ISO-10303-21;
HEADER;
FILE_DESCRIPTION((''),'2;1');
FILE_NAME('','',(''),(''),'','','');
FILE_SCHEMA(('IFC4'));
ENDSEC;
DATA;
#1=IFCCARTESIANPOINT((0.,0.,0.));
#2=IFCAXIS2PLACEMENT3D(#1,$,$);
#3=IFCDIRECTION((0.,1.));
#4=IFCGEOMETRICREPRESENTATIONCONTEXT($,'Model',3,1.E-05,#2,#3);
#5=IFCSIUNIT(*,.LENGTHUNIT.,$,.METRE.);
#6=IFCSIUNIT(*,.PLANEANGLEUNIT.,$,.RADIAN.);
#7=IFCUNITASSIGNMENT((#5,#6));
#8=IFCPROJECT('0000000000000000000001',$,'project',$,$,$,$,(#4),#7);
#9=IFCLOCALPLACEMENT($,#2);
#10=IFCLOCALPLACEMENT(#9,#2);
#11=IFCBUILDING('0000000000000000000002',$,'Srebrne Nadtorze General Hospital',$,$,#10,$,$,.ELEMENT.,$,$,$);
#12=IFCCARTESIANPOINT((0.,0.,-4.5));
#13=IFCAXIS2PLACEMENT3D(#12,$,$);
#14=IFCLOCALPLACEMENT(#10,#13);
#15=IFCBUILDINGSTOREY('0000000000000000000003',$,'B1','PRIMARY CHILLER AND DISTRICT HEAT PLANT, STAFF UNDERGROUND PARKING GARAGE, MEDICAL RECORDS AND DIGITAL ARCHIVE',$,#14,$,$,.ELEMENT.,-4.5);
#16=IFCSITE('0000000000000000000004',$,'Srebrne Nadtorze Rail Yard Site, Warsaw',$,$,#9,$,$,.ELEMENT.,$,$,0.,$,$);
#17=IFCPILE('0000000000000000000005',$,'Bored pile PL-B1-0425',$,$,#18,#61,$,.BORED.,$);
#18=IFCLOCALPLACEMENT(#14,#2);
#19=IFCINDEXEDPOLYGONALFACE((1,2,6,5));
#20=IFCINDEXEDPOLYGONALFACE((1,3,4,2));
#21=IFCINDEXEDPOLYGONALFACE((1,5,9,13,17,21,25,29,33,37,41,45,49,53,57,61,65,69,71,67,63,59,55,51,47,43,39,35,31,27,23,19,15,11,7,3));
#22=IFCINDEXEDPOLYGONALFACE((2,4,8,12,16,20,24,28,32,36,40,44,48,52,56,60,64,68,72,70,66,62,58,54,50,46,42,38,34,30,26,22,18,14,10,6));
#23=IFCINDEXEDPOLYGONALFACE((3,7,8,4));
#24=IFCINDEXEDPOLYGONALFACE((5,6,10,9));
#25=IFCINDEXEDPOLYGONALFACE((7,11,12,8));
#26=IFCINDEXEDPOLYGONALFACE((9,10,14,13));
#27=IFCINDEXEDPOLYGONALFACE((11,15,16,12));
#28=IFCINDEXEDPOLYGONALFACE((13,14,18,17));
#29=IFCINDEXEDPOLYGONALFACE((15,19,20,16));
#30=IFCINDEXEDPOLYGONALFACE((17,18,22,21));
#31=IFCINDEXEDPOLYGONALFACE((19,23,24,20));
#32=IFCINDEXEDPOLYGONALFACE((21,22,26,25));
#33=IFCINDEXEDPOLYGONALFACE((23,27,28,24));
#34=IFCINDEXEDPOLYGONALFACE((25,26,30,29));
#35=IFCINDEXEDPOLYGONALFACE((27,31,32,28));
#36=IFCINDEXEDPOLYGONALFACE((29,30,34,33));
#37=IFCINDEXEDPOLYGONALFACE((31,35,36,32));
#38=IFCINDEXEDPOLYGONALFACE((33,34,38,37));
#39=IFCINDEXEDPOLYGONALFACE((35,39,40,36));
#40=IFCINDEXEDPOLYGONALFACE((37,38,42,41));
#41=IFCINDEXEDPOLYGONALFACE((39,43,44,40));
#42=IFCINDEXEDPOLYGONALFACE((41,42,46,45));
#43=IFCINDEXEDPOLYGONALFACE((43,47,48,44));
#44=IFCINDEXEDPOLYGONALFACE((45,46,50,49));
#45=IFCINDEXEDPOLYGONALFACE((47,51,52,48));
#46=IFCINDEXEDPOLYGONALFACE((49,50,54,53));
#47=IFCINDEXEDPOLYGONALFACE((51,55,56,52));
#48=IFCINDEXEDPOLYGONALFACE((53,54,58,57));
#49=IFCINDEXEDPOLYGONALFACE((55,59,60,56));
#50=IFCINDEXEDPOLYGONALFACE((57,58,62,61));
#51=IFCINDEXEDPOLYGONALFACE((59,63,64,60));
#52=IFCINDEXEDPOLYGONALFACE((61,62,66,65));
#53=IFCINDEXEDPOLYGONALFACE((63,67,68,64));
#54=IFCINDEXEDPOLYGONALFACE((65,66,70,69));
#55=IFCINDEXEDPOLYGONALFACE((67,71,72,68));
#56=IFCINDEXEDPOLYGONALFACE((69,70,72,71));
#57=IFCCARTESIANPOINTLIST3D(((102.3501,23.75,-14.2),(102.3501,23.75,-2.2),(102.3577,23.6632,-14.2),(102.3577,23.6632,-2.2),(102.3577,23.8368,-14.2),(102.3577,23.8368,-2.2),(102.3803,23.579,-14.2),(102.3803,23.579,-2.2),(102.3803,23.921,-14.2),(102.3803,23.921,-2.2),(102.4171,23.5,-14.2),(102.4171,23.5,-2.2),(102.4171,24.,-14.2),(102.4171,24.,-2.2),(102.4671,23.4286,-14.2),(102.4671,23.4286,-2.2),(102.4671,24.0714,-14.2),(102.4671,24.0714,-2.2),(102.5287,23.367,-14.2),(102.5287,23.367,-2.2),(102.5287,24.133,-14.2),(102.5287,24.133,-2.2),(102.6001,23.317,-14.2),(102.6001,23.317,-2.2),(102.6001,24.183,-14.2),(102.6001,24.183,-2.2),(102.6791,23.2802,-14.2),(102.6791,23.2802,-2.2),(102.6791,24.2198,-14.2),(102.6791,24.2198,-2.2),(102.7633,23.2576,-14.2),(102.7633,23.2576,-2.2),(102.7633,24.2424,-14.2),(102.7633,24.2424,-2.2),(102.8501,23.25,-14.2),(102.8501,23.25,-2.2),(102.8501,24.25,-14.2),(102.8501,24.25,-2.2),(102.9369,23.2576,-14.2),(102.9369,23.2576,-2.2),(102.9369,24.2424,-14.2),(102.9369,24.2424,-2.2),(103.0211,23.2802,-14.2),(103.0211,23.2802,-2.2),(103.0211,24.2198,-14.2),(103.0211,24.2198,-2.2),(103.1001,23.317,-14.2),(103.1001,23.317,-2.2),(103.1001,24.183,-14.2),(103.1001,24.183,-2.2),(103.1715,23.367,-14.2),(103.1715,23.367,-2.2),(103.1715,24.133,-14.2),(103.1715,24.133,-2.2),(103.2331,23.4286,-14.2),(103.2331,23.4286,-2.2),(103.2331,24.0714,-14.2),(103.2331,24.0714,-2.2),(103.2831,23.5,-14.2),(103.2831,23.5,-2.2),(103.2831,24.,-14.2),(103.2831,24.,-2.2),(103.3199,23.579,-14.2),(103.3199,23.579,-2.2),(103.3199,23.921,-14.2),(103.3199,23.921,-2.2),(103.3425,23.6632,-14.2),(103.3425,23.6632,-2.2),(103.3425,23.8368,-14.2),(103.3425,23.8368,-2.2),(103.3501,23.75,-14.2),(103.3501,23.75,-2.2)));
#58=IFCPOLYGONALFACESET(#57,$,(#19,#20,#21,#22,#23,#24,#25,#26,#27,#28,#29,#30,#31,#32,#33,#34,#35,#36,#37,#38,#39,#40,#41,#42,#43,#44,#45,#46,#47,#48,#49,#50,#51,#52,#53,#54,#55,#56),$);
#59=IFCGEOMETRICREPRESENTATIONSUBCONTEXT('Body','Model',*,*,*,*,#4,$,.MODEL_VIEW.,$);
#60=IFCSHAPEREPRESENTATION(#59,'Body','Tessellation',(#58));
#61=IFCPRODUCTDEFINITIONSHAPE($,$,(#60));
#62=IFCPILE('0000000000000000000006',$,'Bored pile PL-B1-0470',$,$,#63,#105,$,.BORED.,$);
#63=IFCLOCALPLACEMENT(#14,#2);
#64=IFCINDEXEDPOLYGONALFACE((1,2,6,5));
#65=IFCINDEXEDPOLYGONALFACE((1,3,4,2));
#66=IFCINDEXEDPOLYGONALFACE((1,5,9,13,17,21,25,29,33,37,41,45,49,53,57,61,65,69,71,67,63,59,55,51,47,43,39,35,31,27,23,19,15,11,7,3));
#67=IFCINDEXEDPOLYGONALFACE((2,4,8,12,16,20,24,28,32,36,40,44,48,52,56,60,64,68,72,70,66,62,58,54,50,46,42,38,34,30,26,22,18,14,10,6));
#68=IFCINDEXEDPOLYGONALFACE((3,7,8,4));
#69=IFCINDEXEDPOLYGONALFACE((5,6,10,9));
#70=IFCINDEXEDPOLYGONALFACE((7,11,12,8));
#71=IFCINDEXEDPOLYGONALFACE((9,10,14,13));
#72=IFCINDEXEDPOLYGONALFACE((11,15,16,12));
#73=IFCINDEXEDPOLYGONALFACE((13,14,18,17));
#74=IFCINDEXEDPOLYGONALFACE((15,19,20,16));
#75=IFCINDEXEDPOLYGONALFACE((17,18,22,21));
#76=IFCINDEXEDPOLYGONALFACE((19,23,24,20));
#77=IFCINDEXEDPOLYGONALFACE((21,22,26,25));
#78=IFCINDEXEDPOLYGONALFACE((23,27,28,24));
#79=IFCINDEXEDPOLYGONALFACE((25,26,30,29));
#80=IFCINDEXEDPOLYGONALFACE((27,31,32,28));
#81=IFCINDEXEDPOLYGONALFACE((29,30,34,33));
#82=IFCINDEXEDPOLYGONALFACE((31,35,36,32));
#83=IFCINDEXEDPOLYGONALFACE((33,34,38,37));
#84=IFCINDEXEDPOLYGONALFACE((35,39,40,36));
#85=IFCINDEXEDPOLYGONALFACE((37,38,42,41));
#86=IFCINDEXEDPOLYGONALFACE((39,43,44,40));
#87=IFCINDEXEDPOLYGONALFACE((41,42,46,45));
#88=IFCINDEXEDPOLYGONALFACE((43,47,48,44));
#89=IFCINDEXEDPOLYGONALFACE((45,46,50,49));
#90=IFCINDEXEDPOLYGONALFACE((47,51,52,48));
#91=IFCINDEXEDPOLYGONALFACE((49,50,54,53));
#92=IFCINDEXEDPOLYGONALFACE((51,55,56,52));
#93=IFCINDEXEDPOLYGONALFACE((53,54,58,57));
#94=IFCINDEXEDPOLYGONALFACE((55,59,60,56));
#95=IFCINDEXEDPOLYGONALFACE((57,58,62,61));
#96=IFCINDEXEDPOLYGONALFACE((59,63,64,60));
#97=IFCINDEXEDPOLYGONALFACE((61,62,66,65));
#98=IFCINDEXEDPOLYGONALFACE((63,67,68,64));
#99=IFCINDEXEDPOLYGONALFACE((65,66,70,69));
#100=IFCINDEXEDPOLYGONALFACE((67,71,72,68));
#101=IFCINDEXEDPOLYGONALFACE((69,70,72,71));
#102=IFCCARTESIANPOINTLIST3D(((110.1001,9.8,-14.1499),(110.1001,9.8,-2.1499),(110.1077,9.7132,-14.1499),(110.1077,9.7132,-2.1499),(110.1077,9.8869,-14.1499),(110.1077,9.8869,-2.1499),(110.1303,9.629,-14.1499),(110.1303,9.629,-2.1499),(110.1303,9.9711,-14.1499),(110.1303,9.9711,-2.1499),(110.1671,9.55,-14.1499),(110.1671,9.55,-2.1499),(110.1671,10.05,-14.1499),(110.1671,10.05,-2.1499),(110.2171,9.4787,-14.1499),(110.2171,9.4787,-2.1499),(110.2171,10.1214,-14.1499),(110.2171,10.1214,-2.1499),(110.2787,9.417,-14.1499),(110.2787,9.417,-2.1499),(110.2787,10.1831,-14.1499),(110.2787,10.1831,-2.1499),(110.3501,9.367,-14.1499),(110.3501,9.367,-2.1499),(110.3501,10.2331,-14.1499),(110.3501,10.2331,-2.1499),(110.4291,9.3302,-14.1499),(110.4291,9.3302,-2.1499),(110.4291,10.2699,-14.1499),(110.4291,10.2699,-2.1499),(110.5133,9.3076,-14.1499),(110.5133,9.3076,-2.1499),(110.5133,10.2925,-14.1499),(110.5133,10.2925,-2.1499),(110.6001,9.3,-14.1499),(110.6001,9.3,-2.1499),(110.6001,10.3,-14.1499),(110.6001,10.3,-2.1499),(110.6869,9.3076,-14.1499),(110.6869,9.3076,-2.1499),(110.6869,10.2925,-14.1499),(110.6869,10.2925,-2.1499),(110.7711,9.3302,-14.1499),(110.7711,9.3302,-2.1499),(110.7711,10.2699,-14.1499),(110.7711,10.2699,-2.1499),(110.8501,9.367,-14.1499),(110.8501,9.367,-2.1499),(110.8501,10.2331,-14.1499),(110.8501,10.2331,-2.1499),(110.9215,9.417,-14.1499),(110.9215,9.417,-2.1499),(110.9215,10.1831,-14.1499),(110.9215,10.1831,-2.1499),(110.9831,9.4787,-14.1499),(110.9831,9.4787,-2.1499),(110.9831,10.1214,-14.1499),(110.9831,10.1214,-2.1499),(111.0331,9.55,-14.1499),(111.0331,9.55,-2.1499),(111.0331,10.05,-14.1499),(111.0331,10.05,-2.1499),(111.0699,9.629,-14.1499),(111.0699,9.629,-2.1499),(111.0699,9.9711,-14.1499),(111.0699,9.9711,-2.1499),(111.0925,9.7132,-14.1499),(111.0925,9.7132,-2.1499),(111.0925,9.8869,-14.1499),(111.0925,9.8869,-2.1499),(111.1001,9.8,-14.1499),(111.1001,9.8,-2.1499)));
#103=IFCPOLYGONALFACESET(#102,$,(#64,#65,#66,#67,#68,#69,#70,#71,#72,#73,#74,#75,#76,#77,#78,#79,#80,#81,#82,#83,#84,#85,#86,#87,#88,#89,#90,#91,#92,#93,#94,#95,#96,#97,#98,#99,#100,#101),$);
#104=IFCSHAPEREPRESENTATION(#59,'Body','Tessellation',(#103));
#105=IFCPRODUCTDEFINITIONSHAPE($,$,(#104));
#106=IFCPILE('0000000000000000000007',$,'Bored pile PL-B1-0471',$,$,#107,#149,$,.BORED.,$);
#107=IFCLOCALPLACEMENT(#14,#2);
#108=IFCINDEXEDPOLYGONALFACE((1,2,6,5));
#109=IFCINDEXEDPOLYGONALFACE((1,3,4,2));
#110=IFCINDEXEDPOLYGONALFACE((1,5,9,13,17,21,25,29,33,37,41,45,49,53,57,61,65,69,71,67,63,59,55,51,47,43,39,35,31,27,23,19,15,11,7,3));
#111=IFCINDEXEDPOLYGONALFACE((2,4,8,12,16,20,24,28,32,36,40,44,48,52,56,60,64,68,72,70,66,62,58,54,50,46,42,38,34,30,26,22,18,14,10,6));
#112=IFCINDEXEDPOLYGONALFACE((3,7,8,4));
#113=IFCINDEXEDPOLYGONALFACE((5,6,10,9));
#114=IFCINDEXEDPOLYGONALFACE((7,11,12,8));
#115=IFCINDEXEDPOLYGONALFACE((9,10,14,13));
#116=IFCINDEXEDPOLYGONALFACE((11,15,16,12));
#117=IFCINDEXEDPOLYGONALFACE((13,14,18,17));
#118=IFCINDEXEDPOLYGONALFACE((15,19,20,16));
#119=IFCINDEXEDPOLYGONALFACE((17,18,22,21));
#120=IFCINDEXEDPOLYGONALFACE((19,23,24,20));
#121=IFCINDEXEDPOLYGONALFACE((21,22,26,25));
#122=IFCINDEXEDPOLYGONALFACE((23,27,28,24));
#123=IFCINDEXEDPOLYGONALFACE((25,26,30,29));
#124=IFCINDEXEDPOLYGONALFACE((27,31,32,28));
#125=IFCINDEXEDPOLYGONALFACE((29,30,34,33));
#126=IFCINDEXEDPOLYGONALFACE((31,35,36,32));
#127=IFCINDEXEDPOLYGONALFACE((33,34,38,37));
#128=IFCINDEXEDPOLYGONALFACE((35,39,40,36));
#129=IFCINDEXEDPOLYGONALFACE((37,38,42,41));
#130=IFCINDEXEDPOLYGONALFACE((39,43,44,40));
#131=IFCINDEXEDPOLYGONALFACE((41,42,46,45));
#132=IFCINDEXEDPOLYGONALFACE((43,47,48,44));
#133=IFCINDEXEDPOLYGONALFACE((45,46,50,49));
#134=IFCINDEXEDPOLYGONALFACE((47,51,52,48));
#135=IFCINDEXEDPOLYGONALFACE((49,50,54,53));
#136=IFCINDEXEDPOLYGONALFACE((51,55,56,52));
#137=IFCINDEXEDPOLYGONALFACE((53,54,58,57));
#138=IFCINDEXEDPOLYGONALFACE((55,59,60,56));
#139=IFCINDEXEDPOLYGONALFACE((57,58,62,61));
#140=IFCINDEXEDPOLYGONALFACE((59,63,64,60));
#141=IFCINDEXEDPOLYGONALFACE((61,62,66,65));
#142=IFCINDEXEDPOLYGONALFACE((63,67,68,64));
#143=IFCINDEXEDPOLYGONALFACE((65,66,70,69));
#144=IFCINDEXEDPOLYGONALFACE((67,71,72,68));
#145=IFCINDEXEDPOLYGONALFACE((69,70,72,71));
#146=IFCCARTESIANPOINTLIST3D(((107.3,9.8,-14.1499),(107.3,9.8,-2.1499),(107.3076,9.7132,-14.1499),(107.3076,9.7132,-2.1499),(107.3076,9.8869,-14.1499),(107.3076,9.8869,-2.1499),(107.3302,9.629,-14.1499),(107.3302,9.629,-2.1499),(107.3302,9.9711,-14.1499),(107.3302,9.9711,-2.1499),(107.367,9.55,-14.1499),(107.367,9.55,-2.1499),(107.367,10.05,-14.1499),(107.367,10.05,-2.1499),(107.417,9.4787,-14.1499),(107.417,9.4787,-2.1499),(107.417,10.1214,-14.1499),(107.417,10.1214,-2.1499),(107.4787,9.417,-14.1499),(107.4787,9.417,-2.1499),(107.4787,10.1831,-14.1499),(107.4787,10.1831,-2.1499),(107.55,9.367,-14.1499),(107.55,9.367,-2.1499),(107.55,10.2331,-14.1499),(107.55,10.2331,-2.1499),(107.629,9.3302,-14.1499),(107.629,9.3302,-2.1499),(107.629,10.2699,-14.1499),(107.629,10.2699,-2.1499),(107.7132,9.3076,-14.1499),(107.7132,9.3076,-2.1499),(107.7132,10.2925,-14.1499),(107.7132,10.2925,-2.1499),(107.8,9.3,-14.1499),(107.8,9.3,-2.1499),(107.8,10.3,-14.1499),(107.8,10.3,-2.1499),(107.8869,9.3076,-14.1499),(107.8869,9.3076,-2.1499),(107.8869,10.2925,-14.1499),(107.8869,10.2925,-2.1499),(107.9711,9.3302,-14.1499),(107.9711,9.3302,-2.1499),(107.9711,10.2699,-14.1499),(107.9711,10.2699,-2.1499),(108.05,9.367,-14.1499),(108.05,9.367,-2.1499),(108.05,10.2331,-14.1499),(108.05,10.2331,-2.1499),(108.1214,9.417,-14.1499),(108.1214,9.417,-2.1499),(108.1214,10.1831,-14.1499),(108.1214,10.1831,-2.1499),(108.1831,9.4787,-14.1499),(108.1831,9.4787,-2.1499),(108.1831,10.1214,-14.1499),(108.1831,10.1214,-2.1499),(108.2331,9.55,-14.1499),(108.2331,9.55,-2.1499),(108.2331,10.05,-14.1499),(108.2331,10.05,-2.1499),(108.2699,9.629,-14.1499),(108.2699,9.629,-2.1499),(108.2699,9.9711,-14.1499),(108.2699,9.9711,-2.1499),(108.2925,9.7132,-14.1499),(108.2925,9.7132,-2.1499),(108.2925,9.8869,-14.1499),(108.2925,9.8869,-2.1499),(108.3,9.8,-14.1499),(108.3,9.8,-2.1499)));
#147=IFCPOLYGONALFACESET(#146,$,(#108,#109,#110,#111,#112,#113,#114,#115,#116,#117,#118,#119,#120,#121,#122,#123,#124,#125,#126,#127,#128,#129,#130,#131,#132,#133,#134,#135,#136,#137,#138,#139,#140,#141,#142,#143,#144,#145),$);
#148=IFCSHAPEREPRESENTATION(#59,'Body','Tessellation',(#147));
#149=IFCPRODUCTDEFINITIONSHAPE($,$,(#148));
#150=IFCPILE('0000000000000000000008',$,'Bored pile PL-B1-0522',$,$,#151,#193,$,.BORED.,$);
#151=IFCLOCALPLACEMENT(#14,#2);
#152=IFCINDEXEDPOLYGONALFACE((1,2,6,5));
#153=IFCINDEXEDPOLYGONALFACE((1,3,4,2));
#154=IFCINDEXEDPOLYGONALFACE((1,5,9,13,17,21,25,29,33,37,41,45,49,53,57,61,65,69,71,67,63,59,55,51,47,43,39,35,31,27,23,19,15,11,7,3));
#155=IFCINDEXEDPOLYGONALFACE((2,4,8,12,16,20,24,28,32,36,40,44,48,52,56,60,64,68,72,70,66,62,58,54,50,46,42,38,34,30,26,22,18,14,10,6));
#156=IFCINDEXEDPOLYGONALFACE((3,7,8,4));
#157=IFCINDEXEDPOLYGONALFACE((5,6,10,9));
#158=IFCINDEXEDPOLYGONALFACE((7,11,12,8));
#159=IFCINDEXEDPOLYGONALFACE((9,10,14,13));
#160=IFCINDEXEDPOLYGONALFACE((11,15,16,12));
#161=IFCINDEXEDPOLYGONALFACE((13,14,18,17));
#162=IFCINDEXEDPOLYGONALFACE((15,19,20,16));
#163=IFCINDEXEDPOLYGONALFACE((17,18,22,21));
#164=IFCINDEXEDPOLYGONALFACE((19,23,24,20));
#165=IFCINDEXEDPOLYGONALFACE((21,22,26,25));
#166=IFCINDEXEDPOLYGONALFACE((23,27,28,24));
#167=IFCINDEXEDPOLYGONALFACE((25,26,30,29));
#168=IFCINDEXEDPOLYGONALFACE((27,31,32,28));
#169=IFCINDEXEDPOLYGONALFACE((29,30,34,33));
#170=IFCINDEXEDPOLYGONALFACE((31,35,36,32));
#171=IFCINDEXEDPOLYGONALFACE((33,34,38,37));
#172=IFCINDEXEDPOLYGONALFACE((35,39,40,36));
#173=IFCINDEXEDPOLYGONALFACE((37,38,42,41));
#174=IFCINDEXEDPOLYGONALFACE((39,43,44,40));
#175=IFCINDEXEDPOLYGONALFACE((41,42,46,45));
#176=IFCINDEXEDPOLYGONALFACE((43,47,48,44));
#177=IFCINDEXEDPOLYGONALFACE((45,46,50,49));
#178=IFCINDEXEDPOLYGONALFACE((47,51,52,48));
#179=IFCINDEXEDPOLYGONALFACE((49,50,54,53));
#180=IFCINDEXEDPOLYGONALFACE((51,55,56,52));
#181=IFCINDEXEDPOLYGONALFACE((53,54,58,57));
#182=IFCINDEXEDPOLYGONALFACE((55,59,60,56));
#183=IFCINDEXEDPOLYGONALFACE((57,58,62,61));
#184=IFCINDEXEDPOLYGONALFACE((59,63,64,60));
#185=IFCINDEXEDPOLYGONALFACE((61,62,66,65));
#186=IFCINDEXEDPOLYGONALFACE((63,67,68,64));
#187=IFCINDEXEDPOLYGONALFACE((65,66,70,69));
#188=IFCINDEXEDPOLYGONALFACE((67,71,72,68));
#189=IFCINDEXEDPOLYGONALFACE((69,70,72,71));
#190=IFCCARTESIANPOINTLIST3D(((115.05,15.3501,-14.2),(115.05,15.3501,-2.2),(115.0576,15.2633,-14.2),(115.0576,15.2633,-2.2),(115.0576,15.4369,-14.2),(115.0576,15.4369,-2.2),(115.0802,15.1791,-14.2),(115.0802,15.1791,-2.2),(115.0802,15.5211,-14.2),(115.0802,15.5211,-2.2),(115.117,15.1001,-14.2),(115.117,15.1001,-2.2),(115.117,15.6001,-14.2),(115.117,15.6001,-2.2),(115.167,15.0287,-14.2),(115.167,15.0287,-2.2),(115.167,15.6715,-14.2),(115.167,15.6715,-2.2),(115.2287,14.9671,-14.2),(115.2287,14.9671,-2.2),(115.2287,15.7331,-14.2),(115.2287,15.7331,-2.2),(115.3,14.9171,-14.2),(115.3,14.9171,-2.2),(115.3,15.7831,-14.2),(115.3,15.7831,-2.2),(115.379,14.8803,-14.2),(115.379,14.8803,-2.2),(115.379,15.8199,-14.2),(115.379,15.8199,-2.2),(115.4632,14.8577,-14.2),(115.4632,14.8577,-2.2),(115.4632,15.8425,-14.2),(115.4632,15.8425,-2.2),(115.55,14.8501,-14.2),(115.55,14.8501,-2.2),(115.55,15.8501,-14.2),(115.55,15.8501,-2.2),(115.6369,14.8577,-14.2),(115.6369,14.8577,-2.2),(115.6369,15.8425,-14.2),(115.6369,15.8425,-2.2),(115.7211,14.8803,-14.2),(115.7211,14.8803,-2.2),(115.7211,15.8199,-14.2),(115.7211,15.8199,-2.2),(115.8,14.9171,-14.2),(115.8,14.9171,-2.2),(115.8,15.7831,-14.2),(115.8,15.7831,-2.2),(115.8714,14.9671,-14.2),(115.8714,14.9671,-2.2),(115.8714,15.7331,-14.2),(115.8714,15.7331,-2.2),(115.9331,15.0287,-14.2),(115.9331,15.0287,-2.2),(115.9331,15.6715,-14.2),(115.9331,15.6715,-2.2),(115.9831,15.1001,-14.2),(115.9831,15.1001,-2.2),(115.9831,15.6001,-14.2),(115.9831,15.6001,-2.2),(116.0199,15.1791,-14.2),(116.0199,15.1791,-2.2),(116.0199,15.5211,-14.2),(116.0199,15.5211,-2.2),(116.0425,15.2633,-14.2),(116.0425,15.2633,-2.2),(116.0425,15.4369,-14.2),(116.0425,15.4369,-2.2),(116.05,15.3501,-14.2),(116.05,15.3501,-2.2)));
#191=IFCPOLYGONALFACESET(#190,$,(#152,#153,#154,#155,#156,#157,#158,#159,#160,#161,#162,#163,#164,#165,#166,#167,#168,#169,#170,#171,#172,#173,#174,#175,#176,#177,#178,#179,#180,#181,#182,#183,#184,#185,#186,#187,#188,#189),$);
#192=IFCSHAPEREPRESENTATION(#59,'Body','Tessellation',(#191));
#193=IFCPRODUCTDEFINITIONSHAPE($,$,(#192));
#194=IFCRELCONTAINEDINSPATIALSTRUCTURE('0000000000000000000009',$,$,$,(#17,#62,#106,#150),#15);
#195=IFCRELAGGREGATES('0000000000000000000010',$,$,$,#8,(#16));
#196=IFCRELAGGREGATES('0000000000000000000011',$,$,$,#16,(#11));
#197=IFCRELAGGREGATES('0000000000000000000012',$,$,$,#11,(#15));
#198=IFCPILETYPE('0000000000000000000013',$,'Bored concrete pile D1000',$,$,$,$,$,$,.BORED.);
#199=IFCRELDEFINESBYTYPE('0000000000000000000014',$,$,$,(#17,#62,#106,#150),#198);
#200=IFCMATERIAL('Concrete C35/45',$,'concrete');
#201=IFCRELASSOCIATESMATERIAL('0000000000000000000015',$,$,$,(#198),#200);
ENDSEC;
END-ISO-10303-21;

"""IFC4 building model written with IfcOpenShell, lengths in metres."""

from ifc_helpers import new_model, si_unit, direction, frame, origin, origin_2d, place, context, subcontext, project, spatial, circle, extrude, material, material_profile, profile_set, type_object, element, save


model = new_model("IFC4")

# Units and contexts
model_context = context("Model", 3, precision=1e-05, world=origin(), true_north=direction((0.0, 1.0)))
body_context = subcontext(model_context, "Body", "Model", "MODEL_VIEW")
ifc_project = project(units=[si_unit("LENGTHUNIT", "METRE"), si_unit("PLANEANGLEUNIT", "RADIAN")], contexts=[model_context])

# Site, building, storey
site_placement = place(None, origin())
site = spatial("IfcSite", under=ifc_project, at=site_placement, Name="Srebrne Nadtorze Rail Yard Site, Warsaw", CompositionType="ELEMENT", RefElevation=0.0)
building_placement = place(site_placement, origin())
building = spatial("IfcBuilding", under=site, at=building_placement, Name="Srebrne Nadtorze General Hospital", CompositionType="ELEMENT")
storey_placement = place(building_placement, frame((0.0, 0.0, -4.5)))
storey = spatial("IfcBuildingStorey", under=building, at=storey_placement, Name="B1", Description="PRIMARY CHILLER AND DISTRICT HEAT PLANT, STAFF UNDERGROUND PARKING GARAGE, MEDICAL RECORDS AND DIGITAL ARCHIVE", CompositionType="ELEMENT", Elevation=-4.5)

# Piles
ifc_material_1 = material(Name="Concrete C35/45", Category="concrete")
ifc_material_profile_1 = material_profile(ifc_material_1, circle(Radius=0.5, at=origin_2d()), Name="PILE-D1000")
ifc_profile_set_1 = profile_set([ifc_material_profile_1], Name="Concrete C35/45")
pile_type_1 = type_object("IfcPileType", Name="Bored concrete pile D1000", PredefinedType="BORED", material=ifc_profile_set_1)
for number, where, z_axis, x_axis, name in (
    (1, (102.8501, 23.75, -2.2), (0.0, 0.0, -1.0), (1.0, 0.0, 0.0), "Bored pile PL-B1-0425"),
    (2, (110.6001, 9.8, -2.1499), (0.0, 0.0, -1.0), (1.0, 0.0, 0.0), "Bored pile PL-B1-0470"),
    (3, (107.8, 9.8, -2.1499), (0.0, 0.0, -1.0), (1.0, 0.0, 0.0), "Bored pile PL-B1-0471"),
    (4, (115.55, 15.3501, -2.2), (0.0, 0.0, -1.0), (1.0, 0.0, 0.0), "Bored pile PL-B1-0522"),
):
    element("IfcPile", number, at=place(storey_placement, frame(where, z_axis=z_axis, x_axis=x_axis)), inside=storey, type_object=pile_type_1, Name=name, PredefinedType="BORED", context=body_context, shape_type="SweptSolid", body=[
        extrude(circle(Radius=0.5, at=origin_2d()), origin(), (0.0, 0.0, 1.0), 12.0),
    ])

save(model, "model.ifc")
